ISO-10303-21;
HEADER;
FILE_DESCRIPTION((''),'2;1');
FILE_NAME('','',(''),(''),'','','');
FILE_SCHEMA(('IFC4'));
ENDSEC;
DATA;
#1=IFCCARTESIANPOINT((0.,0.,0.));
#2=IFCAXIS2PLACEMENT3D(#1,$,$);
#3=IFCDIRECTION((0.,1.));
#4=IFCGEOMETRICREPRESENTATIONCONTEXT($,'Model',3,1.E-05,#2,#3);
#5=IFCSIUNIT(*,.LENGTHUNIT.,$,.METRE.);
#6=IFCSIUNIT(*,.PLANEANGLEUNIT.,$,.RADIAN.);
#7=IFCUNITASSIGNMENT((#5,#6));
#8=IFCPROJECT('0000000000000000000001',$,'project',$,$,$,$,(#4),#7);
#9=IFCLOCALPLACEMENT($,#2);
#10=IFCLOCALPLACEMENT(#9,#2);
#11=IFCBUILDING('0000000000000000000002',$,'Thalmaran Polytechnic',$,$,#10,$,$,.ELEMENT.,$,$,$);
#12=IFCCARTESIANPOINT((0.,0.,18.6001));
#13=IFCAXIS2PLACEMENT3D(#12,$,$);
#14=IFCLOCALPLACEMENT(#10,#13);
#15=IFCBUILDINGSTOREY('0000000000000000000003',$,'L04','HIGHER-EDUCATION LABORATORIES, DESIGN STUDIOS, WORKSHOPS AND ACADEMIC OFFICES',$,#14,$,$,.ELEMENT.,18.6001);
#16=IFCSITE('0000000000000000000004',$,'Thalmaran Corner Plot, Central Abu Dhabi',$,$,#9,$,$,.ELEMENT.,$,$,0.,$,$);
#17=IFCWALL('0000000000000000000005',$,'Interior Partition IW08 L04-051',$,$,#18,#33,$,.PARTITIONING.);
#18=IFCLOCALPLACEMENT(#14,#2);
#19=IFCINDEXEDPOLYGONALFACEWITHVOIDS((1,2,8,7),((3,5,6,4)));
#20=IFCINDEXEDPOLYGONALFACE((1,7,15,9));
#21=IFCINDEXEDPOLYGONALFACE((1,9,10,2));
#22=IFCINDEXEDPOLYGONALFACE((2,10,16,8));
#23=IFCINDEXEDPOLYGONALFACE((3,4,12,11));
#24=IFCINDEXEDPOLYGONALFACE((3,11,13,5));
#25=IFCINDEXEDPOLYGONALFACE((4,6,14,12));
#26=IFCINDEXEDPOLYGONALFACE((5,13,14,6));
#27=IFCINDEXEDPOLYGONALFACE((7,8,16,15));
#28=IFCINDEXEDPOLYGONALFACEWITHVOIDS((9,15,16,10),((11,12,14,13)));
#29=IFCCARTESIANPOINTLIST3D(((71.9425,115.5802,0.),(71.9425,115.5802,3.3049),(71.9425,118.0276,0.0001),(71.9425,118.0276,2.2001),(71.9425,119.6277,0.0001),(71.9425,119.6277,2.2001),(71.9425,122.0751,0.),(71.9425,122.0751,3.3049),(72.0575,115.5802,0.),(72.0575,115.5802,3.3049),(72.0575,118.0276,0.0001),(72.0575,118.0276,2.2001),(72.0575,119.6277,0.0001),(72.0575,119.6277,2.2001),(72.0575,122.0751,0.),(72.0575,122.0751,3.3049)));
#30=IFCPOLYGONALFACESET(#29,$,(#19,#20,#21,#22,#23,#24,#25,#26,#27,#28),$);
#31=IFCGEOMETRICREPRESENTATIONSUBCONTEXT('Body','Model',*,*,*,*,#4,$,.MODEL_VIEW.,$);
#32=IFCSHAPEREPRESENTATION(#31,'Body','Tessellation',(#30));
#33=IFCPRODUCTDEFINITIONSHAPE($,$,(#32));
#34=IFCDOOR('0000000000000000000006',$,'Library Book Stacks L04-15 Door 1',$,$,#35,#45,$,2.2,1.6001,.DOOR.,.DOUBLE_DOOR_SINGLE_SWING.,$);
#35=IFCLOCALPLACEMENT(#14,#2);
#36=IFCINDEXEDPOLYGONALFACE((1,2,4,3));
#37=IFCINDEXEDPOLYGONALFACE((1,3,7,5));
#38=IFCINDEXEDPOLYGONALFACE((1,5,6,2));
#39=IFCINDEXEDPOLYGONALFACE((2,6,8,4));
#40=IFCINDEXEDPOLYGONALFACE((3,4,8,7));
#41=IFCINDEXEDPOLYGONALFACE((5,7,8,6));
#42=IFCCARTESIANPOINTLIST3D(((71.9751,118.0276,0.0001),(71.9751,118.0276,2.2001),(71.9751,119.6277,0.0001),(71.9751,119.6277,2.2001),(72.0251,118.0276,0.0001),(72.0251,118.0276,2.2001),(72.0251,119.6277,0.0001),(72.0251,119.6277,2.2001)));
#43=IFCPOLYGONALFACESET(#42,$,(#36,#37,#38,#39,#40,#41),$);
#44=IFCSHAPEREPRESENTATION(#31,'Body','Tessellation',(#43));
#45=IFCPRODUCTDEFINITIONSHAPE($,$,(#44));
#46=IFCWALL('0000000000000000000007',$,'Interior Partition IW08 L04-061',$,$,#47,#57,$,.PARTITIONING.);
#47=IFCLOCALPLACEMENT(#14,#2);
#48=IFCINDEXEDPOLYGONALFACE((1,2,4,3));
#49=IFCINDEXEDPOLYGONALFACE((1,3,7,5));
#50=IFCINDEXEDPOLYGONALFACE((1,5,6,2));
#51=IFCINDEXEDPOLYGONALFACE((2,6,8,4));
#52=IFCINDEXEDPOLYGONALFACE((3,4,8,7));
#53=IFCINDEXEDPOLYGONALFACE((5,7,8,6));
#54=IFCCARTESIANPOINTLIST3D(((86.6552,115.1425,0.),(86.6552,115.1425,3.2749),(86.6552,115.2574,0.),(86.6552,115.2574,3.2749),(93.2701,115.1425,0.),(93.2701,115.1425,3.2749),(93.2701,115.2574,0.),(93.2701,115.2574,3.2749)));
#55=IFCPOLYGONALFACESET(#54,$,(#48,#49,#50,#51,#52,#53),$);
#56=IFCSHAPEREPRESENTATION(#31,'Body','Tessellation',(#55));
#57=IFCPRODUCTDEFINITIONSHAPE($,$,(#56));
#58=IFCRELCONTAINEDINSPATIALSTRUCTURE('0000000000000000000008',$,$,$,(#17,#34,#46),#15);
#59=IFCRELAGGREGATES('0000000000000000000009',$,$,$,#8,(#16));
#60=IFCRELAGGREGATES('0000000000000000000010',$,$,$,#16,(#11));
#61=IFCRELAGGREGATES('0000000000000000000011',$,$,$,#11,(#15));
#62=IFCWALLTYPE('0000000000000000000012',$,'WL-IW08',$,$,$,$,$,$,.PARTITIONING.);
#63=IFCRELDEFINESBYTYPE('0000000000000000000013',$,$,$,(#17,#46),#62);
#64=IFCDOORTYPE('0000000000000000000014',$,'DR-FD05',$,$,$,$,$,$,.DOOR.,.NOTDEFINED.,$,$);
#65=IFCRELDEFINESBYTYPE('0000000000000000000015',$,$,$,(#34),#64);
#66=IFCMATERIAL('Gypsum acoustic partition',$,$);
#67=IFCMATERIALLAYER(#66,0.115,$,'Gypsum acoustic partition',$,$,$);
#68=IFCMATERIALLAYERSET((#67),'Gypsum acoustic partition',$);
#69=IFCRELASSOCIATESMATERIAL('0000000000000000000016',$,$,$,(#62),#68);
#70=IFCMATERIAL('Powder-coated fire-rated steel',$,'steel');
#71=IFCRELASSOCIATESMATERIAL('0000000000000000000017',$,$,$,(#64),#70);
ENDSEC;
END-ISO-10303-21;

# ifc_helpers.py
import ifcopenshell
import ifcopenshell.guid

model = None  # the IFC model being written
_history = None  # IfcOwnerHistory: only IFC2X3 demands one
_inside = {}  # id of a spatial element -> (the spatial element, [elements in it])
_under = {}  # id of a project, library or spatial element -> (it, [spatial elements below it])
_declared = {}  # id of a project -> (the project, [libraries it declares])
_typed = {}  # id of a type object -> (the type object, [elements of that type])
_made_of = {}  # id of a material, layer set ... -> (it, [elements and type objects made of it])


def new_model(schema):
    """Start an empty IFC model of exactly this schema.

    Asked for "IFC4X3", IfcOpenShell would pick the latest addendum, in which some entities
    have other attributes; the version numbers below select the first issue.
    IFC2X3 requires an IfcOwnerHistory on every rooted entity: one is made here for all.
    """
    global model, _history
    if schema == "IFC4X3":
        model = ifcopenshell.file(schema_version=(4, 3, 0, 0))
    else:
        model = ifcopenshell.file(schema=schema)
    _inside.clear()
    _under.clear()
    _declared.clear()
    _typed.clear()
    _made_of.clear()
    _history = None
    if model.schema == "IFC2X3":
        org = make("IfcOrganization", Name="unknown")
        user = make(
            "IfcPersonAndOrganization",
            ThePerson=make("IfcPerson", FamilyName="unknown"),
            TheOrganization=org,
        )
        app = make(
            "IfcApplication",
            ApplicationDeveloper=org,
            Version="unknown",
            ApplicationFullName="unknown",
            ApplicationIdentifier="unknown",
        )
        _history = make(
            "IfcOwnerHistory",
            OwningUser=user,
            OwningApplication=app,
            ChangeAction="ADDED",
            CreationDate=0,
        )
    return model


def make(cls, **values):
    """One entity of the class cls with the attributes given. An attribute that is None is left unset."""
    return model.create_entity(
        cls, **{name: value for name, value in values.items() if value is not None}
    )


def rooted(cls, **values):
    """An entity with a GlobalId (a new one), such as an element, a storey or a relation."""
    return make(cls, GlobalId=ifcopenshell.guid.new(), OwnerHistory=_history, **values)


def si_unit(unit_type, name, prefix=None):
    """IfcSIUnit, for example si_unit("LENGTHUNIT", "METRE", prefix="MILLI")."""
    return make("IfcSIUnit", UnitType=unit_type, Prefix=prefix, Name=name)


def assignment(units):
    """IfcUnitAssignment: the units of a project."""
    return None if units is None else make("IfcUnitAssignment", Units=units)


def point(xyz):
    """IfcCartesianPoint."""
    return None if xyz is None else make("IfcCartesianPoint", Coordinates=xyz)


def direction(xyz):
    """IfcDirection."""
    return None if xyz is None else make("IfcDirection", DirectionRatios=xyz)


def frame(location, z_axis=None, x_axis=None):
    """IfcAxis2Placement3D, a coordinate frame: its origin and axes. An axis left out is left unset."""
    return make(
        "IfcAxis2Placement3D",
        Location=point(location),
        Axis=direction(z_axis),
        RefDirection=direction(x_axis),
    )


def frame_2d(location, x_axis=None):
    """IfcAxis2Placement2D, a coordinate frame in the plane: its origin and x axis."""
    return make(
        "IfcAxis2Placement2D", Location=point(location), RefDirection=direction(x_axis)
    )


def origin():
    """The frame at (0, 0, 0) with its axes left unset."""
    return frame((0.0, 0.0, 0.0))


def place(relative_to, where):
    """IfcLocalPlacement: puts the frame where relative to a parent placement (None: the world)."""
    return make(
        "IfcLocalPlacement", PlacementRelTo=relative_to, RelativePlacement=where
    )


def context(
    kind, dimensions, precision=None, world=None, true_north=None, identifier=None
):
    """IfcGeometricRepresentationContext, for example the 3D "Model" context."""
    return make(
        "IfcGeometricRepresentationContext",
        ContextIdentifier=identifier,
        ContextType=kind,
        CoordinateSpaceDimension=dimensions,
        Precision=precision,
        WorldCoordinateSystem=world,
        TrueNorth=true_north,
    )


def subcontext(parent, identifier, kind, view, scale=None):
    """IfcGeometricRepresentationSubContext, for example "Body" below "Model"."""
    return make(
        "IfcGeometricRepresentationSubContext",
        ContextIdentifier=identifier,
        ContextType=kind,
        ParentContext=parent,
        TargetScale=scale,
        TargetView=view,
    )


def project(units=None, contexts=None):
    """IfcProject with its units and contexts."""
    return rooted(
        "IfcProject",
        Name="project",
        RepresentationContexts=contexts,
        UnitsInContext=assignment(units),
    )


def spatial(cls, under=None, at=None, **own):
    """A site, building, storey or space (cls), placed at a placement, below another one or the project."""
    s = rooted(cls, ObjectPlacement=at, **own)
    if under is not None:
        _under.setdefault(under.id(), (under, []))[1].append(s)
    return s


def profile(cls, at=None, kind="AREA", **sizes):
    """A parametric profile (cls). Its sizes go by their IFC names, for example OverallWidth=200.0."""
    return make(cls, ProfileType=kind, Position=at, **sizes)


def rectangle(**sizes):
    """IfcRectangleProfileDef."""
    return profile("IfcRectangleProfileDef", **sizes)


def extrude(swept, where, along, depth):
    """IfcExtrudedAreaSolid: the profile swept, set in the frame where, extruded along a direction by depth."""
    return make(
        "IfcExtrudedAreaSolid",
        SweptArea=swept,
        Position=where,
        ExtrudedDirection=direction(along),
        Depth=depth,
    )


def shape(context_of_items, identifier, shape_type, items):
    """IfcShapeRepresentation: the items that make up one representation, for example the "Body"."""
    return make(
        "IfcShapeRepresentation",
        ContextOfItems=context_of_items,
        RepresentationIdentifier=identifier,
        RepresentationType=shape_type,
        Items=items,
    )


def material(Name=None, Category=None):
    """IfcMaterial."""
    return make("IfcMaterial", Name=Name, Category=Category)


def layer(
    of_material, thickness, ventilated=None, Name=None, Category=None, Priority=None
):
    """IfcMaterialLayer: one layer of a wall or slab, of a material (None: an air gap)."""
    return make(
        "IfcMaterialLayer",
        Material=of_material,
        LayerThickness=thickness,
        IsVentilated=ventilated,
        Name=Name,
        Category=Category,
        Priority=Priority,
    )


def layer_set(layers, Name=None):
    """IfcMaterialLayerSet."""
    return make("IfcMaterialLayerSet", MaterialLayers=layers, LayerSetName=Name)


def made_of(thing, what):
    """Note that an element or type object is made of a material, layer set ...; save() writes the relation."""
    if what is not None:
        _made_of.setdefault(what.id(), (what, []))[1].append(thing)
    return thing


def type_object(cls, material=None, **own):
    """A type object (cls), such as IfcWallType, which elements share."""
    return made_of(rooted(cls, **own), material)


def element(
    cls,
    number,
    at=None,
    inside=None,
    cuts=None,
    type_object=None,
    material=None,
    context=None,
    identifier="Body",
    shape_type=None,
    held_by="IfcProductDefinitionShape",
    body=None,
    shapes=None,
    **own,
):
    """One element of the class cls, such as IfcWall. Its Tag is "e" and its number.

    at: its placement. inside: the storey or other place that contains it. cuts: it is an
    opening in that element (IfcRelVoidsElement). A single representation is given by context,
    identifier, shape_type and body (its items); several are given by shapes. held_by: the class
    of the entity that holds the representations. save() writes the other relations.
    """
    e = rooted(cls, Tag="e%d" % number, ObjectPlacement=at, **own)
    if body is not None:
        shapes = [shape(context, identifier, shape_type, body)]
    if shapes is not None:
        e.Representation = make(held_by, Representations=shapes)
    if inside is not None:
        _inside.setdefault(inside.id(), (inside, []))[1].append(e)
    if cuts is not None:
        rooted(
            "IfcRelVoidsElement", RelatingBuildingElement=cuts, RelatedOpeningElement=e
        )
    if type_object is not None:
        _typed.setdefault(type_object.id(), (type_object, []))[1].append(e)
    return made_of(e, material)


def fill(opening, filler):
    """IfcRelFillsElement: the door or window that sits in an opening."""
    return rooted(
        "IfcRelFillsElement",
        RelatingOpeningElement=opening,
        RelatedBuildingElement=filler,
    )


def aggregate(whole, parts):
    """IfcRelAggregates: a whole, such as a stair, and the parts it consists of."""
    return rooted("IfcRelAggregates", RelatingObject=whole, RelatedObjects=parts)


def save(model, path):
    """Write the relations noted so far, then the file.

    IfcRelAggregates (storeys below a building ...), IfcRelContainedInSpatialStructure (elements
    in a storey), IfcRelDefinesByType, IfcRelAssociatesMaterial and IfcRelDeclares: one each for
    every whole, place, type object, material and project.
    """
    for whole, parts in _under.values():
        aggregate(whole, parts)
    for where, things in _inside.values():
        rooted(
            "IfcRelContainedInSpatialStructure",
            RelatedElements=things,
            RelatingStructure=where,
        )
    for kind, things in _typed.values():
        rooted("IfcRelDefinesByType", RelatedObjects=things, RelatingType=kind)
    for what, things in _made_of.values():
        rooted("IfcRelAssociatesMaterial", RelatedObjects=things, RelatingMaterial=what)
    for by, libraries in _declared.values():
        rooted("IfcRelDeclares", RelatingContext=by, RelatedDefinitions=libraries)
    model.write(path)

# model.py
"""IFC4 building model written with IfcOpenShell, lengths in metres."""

from ifc_helpers import new_model, si_unit, direction, frame, frame_2d, origin, place, context, subcontext, project, spatial, rectangle, extrude, material, layer, layer_set, type_object, element, fill, save


model = new_model("IFC4")

# Units and contexts
model_context = context("Model", 3, precision=1e-05, world=origin(), true_north=direction((0.0, 1.0)))
body_context = subcontext(model_context, "Body", "Model", "MODEL_VIEW")
ifc_project = project(units=[si_unit("LENGTHUNIT", "METRE"), si_unit("PLANEANGLEUNIT", "RADIAN")], contexts=[model_context])

# Site, building, storey
site_placement = place(None, origin())
site = spatial("IfcSite", under=ifc_project, at=site_placement, Name="Thalmaran Corner Plot, Central Abu Dhabi", CompositionType="ELEMENT", RefElevation=0.0)
building_placement = place(site_placement, origin())
building = spatial("IfcBuilding", under=site, at=building_placement, Name="Thalmaran Polytechnic", CompositionType="ELEMENT")
storey_placement = place(building_placement, frame((0.0, 0.0, 18.6001)))
storey = spatial("IfcBuildingStorey", under=building, at=storey_placement, Name="L04", Description="HIGHER-EDUCATION LABORATORIES, DESIGN STUDIOS, WORKSHOPS AND ACADEMIC OFFICES", CompositionType="ELEMENT", Elevation=18.6001)

# Shared definitions
ifc_material_1 = material(Name="Gypsum acoustic partition")

# Wall, opening, door
ifc_layer_1 = layer(ifc_material_1, 0.115, Name="Gypsum acoustic partition")
ifc_layer_set_1 = layer_set([ifc_layer_1], Name="Gypsum acoustic partition")
wall_type_1 = type_object("IfcWallType", Name="WL-IW08", PredefinedType="PARTITIONING", material=ifc_layer_set_1)
wall_1_placement = place(storey_placement, frame((72.0, 115.5801, 0.0), z_axis=(0.0, 0.0, 1.0), x_axis=(0.0, 1.0, 0.0)))
wall_1 = element("IfcWall", 1, at=wall_1_placement, inside=storey, type_object=wall_type_1, Name="Interior Partition IW08 L04-051", PredefinedType="PARTITIONING", context=body_context, shape_type="SweptSolid", body=[
    extrude(rectangle(XDim=6.4949, YDim=0.115, at=frame_2d((3.2476, 0.0))), origin(), (0.0, 0.0, 1.0), 3.3049),
])
opening_1_placement = place(wall_1_placement, frame((2.4475, 0.0, 0.0)))
opening_1 = element("IfcOpeningElement", 2, at=opening_1_placement, cuts=wall_1, PredefinedType="OPENING", context=body_context, shape_type="SweptSolid", body=[
    extrude(rectangle(XDim=1.6001, YDim=2.2, at=frame_2d((0.8, 1.1001))), frame((0.0, 0.0674, 0.0), z_axis=(0.0, -1.0, 0.0), x_axis=(1.0, 0.0, 0.0)), (0.0, 0.0, 1.0), 0.135),
])
ifc_material_2 = material(Name="Powder-coated fire-rated steel", Category="steel")
door_type = type_object("IfcDoorType", Name="DR-FD05", OperationType="NOTDEFINED", PredefinedType="DOOR", material=ifc_material_2)
door_placement = place(opening_1_placement, origin())
door = element("IfcDoor", 3, at=door_placement, inside=storey, type_object=door_type, Name="Library Book Stacks L04-15 Door 1", OperationType="DOUBLE_DOOR_SINGLE_SWING", OverallHeight=2.2, OverallWidth=1.6001, PredefinedType="DOOR", context=body_context, shape_type="SweptSolid", body=[
    extrude(rectangle(XDim=1.6001, YDim=2.2, at=frame_2d((0.8, 1.1001))), frame((0.0, 0.0249, 0.0), z_axis=(0.0, -1.0, 0.0), x_axis=(1.0, 0.0, 0.0)), (0.0, 0.0, 1.0), 0.05),
])
fill(opening_1, door)

# Wall
wall_2_placement = place(storey_placement, frame((86.655, 115.2, 0.0), z_axis=(0.0, 0.0, 1.0), x_axis=(1.0, 0.0, 0.0)))
element("IfcWall", 4, at=wall_2_placement, inside=storey, type_object=wall_type_1, Name="Interior Partition IW08 L04-061", PredefinedType="PARTITIONING", context=body_context, shape_type="SweptSolid", body=[
    extrude(rectangle(XDim=6.615, YDim=0.115, at=frame_2d((3.3076, 0.0))), origin(), (0.0, 0.0, 1.0), 3.2749),
])

save(model, "model.ifc")
